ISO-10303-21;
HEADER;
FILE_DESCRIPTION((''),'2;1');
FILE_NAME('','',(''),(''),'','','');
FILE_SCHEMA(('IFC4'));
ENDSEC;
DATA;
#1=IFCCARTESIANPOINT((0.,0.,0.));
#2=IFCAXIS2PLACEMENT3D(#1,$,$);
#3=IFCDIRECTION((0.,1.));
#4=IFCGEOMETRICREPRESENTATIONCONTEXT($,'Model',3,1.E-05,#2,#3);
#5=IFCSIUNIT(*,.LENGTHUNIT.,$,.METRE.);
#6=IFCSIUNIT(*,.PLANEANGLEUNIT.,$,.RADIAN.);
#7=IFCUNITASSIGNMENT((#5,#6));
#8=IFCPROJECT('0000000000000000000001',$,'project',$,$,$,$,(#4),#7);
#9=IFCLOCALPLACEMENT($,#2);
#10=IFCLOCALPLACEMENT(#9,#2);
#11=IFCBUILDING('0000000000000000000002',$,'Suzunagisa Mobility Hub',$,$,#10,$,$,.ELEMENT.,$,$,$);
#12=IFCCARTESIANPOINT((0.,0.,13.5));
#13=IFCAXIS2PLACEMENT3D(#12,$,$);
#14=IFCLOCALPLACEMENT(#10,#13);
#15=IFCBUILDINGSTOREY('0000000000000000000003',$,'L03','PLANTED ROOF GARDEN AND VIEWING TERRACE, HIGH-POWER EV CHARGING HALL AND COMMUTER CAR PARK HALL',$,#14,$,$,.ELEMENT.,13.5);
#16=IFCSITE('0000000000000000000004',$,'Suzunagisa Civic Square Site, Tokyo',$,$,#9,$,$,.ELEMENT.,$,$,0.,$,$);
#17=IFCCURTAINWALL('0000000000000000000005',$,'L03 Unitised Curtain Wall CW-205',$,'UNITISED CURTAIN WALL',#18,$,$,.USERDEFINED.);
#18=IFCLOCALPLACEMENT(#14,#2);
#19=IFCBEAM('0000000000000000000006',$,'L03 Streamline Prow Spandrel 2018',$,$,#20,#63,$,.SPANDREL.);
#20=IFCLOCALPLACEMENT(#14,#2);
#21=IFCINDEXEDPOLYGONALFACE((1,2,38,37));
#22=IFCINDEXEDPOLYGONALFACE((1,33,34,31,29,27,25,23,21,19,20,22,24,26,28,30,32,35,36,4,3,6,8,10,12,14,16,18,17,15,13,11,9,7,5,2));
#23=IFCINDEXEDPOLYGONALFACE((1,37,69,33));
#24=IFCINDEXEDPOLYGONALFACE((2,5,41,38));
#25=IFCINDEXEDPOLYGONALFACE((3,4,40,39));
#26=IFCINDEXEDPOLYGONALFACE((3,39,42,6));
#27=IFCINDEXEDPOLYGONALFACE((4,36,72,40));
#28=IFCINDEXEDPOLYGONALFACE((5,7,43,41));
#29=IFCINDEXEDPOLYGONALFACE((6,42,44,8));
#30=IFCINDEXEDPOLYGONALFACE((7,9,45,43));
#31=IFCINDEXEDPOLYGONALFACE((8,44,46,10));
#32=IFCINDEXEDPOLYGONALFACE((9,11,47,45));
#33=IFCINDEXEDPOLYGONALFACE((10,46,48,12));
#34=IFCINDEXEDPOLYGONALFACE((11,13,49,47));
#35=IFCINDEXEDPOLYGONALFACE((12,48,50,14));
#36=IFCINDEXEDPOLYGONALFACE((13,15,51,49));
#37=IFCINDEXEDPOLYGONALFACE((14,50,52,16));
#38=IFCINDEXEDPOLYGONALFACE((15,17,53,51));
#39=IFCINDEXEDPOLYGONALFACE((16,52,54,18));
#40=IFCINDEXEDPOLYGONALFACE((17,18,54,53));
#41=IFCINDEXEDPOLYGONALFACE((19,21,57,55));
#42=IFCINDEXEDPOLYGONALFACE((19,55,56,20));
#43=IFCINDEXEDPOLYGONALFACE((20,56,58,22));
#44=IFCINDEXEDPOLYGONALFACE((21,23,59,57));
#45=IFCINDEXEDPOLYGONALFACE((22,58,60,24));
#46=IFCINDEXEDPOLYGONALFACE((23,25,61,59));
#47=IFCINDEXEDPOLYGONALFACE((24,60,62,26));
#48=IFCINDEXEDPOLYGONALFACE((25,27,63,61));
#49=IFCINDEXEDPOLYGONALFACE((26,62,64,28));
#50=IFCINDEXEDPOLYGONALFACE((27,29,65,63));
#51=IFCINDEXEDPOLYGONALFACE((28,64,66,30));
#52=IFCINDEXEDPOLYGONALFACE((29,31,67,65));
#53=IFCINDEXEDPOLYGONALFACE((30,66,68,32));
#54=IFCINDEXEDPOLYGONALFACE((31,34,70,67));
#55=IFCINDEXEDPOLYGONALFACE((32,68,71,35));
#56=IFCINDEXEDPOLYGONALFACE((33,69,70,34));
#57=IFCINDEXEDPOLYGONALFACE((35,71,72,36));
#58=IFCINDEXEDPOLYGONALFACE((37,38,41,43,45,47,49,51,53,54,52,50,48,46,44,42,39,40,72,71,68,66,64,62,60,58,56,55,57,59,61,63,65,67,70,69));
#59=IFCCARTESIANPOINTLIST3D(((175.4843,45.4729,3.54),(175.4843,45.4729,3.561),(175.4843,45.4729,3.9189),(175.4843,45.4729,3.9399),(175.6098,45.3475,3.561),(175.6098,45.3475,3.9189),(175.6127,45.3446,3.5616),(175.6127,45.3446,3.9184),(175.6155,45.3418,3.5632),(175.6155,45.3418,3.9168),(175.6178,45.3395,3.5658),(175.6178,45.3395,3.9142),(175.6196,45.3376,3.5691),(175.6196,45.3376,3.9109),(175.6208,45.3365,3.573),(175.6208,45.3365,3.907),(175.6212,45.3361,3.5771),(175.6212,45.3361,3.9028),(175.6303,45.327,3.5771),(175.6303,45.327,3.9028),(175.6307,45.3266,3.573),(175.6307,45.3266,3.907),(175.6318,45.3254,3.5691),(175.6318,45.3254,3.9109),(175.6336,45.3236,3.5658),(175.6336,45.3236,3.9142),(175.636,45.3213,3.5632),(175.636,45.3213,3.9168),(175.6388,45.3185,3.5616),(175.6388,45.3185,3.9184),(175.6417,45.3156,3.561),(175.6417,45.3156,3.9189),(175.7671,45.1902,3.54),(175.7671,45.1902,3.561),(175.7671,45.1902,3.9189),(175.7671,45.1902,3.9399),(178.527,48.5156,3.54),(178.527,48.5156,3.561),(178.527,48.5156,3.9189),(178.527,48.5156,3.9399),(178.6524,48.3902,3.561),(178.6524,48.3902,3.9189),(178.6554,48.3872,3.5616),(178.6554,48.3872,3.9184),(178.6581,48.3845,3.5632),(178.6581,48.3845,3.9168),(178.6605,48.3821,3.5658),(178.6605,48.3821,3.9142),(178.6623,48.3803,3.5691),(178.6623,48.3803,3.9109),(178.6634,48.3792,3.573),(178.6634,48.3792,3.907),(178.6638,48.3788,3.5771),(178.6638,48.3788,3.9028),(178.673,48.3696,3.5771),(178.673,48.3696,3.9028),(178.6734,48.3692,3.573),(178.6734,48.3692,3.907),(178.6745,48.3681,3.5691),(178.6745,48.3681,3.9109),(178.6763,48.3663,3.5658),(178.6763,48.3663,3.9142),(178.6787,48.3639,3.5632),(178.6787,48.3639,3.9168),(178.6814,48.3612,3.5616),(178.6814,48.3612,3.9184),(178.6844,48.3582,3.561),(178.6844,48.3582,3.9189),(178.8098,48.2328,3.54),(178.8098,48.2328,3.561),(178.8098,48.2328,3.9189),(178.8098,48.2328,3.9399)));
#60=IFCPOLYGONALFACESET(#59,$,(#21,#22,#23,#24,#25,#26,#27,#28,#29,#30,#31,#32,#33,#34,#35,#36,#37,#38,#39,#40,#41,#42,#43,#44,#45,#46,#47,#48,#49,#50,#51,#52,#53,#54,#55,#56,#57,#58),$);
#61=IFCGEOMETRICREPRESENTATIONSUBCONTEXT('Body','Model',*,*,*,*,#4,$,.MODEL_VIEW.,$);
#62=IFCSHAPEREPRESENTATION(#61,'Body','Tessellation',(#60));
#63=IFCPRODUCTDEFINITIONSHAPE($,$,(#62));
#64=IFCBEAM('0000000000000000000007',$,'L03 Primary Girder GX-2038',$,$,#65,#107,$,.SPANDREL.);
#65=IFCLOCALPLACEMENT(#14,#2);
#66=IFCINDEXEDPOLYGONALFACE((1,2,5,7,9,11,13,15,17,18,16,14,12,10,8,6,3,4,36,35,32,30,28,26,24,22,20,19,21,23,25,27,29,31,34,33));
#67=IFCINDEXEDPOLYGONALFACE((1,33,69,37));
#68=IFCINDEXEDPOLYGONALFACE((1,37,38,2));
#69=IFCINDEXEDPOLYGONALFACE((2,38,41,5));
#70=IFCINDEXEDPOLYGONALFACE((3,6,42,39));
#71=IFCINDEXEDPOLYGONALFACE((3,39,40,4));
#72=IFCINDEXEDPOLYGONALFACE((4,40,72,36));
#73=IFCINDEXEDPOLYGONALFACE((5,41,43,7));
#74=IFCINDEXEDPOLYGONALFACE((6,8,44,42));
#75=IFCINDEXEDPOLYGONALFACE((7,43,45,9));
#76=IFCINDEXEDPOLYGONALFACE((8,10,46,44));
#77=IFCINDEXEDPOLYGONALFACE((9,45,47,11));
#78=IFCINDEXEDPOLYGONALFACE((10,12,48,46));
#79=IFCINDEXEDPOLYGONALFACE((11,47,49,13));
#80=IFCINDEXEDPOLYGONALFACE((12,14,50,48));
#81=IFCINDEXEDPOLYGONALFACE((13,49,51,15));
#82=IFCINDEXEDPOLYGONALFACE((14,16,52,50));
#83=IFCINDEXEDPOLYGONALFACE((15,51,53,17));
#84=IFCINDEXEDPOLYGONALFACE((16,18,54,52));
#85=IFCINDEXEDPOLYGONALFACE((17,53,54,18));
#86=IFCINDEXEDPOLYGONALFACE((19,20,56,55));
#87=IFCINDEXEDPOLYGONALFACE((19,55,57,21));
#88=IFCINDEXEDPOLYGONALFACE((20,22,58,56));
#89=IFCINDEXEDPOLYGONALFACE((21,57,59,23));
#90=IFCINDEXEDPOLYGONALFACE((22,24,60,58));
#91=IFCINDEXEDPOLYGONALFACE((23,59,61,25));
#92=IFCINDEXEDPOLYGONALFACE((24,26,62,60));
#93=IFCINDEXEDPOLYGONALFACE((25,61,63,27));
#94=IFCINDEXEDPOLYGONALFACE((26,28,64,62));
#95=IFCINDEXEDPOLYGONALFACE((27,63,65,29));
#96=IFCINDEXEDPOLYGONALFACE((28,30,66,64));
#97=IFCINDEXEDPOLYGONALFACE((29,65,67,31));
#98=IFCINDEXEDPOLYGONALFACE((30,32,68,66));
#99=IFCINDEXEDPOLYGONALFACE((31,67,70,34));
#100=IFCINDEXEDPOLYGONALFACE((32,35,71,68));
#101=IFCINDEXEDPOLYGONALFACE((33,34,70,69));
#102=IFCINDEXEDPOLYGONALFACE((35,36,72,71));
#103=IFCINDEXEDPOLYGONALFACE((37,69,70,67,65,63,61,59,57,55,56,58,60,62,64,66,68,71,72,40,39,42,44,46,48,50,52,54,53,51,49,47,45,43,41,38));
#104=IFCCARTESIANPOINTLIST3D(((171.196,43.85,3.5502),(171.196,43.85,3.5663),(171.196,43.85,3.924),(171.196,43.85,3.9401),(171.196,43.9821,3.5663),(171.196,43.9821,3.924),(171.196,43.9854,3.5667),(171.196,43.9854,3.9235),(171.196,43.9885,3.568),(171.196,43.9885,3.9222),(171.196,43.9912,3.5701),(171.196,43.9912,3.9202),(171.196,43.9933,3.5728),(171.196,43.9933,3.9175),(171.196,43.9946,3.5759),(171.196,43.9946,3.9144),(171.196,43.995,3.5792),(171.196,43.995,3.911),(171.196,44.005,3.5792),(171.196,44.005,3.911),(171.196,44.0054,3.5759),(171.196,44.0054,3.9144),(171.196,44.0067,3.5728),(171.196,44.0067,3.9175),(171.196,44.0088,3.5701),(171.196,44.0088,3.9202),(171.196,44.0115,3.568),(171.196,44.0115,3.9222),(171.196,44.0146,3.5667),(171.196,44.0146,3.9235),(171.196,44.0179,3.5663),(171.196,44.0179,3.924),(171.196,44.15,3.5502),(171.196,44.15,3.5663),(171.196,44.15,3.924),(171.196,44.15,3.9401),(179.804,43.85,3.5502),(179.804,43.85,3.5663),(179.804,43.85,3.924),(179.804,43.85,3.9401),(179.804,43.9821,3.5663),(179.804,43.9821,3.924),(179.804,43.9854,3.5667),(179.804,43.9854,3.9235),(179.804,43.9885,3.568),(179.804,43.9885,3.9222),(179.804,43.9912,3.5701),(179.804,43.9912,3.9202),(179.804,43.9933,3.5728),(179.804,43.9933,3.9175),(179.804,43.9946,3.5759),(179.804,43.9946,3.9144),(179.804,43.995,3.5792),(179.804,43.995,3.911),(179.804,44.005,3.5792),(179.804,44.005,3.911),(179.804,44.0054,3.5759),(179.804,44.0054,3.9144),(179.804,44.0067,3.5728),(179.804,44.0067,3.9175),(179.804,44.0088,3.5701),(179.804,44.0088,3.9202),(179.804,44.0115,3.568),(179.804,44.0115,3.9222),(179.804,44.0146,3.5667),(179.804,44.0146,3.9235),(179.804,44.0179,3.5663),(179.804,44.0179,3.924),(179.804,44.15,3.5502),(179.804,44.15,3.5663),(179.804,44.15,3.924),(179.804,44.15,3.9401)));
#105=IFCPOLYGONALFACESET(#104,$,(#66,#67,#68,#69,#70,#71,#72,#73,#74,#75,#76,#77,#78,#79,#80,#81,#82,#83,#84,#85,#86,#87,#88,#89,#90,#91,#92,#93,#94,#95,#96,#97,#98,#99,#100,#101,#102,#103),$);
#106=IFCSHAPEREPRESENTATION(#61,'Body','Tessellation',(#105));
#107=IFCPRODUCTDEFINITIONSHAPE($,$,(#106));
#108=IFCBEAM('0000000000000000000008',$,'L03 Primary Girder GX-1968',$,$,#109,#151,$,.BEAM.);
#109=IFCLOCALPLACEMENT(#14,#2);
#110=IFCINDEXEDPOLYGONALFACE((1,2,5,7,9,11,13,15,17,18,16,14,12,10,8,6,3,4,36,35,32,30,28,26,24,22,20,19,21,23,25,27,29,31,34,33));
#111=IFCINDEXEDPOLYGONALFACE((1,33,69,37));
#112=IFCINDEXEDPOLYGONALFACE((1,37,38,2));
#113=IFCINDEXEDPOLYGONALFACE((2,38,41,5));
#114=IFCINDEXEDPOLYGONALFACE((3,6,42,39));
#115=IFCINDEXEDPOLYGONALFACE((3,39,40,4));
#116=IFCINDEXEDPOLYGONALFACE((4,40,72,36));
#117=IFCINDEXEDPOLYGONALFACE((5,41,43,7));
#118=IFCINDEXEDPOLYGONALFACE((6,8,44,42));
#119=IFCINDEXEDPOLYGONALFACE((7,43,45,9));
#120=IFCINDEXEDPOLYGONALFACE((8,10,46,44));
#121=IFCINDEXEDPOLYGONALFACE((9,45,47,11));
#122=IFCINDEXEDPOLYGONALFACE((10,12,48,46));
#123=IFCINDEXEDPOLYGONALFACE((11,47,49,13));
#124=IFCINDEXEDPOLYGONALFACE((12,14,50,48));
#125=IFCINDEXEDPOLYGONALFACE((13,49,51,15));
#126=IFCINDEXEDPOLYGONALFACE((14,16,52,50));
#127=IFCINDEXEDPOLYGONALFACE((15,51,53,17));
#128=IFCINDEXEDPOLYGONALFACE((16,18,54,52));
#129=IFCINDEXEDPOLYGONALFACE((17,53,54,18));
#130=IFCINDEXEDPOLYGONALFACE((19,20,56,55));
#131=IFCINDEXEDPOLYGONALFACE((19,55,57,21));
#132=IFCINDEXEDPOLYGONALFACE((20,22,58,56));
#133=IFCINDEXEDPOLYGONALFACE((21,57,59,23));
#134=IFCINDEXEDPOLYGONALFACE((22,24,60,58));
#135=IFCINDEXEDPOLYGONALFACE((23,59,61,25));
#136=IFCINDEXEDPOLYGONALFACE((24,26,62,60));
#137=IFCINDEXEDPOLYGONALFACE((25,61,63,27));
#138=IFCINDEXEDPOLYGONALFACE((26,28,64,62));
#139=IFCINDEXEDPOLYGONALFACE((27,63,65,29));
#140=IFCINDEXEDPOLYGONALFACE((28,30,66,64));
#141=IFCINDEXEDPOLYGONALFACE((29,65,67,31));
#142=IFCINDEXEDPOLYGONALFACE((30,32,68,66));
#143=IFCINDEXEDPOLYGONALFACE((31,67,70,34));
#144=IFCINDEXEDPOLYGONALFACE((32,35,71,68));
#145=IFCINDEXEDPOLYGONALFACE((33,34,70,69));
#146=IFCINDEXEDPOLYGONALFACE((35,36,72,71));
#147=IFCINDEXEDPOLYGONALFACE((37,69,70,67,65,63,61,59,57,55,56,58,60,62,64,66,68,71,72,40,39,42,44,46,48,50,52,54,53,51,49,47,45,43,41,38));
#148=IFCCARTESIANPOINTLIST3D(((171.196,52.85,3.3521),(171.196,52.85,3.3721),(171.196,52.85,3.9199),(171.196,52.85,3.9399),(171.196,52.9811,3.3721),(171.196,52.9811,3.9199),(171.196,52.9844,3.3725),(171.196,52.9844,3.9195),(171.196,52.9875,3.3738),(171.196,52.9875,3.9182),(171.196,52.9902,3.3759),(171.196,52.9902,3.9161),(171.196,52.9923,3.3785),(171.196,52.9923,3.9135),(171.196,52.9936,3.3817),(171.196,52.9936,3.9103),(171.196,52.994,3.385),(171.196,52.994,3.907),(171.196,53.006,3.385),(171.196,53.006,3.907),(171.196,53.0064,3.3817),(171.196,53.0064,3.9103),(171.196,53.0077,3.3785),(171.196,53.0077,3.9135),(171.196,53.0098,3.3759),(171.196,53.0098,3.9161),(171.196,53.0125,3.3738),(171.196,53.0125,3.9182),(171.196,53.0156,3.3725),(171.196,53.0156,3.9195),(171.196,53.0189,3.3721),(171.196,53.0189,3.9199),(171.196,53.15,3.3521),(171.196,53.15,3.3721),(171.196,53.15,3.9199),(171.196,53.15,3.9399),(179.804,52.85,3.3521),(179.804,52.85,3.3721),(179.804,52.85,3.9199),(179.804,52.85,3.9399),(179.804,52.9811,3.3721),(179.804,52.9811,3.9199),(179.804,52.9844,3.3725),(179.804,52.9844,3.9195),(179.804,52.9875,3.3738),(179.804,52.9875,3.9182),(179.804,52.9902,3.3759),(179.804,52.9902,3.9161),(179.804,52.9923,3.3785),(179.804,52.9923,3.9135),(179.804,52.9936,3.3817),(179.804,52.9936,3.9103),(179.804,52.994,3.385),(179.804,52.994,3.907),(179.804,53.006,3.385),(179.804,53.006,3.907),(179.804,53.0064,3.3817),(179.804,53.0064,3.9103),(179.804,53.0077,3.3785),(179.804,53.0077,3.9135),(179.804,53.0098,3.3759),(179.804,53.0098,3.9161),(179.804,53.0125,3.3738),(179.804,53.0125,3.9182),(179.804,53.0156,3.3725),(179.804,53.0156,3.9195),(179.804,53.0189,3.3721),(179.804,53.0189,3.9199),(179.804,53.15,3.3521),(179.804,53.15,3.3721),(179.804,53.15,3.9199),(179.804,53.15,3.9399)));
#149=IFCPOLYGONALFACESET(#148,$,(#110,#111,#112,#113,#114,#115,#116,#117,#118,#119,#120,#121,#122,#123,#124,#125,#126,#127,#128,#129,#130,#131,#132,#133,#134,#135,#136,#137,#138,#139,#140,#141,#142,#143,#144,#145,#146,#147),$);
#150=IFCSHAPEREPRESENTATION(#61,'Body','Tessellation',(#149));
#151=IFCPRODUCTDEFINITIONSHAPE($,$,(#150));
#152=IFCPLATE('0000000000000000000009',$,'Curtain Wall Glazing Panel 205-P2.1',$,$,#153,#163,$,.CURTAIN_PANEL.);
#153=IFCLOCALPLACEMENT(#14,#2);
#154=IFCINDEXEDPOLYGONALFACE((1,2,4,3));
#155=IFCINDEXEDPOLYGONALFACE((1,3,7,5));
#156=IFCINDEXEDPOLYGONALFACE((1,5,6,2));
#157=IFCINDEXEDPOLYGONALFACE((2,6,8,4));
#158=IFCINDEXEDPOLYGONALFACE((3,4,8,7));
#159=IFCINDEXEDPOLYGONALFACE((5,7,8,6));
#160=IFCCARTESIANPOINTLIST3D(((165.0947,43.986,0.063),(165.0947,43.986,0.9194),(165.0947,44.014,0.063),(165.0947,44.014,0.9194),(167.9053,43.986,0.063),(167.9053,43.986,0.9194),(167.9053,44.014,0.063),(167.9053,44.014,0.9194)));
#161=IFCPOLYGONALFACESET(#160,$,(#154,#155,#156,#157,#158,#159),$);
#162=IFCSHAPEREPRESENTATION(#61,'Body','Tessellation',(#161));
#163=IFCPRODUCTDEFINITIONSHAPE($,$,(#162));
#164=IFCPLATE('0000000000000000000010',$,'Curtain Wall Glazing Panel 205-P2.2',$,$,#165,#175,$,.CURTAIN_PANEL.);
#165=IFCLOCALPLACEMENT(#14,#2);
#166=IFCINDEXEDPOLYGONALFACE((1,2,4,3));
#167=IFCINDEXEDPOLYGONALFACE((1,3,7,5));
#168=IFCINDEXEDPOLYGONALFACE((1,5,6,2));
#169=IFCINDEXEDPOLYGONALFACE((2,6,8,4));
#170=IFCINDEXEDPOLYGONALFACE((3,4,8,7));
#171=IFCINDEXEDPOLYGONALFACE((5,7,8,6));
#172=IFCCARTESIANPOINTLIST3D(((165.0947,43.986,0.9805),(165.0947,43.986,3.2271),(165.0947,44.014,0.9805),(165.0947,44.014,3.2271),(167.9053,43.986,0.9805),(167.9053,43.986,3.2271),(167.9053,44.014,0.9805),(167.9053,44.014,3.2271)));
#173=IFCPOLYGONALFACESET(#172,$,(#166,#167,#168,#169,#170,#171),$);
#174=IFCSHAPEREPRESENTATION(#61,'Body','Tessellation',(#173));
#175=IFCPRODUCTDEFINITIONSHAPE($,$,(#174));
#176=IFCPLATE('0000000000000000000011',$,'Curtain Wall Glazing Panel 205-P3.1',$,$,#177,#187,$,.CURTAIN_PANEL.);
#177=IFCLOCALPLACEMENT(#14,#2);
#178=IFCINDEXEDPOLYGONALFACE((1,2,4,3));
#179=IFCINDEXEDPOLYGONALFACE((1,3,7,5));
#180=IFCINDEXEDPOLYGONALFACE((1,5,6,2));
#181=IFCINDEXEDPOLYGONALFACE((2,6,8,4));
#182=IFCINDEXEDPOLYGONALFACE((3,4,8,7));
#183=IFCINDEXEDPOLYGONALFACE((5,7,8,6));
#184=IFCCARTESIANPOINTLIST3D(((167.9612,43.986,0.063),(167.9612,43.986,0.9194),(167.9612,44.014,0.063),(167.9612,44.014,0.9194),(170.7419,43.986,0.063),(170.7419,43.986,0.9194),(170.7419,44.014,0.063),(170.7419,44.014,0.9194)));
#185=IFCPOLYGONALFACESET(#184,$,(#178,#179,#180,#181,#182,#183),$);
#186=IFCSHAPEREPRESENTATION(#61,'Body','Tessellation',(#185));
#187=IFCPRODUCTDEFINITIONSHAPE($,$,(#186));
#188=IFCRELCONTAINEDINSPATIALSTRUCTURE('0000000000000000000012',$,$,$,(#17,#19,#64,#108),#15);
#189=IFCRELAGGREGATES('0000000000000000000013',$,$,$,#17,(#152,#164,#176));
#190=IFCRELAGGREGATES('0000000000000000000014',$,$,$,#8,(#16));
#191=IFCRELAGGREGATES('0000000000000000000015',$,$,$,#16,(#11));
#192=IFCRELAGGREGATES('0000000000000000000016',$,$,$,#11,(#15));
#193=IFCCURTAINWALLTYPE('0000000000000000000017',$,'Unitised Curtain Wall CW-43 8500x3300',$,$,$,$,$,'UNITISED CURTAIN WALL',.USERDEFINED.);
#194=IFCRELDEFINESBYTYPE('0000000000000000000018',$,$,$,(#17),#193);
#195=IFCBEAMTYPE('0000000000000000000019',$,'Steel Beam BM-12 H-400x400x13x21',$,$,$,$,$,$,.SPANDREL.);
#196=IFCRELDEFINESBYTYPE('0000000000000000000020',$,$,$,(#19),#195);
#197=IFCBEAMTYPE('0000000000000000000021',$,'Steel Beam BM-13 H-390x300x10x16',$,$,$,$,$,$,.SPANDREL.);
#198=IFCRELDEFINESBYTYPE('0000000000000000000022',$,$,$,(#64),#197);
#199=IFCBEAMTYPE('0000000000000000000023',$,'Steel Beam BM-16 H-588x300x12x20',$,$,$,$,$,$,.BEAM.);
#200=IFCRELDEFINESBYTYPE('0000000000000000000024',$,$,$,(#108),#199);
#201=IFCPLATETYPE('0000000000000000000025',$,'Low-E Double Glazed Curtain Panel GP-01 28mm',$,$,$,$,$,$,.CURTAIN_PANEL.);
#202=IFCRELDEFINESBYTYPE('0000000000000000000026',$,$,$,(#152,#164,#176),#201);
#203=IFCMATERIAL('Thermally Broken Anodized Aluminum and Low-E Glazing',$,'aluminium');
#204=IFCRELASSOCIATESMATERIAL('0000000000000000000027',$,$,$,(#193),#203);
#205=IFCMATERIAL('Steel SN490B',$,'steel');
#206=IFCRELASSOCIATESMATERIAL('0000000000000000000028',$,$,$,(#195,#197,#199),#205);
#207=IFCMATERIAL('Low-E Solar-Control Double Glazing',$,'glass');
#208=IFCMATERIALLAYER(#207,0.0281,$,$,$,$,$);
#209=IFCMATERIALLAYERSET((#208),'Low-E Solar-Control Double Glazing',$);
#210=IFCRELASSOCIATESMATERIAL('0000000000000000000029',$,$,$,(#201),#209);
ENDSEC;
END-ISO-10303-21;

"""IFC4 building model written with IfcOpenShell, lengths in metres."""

from ifc_helpers import new_model, si_unit, direction, frame, origin, origin_2d, place, context, subcontext, project, spatial, rectangle, i_section, extrude, material, layer, layer_set, material_profile, profile_set, type_object, element, aggregate, save


model = new_model("IFC4")

# Units and contexts
model_context = context("Model", 3, precision=1e-05, world=origin(), true_north=direction((0.0, 1.0)))
body_context = subcontext(model_context, "Body", "Model", "MODEL_VIEW")
ifc_project = project(units=[si_unit("LENGTHUNIT", "METRE"), si_unit("PLANEANGLEUNIT", "RADIAN")], contexts=[model_context])

# Site, building, storey
site_placement = place(None, origin())
site = spatial("IfcSite", under=ifc_project, at=site_placement, Name="Suzunagisa Civic Square Site, Tokyo", CompositionType="ELEMENT", RefElevation=0.0)
building_placement = place(site_placement, origin())
building = spatial("IfcBuilding", under=site, at=building_placement, Name="Suzunagisa Mobility Hub", CompositionType="ELEMENT")
storey_placement = place(building_placement, frame((0.0, 0.0, 13.5)))
storey = spatial("IfcBuildingStorey", under=building, at=storey_placement, Name="L03", Description="PLANTED ROOF GARDEN AND VIEWING TERRACE, HIGH-POWER EV CHARGING HALL AND COMMUTER CAR PARK HALL", CompositionType="ELEMENT", Elevation=13.5)

# Shared definitions
ifc_material_1 = material(Name="Steel SN490B", Category="steel")

# Curtain wall
ifc_material_2 = material(Name="Thermally Broken Anodized Aluminum and Low-E Glazing", Category="aluminium")
curtain_wall_type = type_object("IfcCurtainWallType", Name="Unitised Curtain Wall CW-43 8500x3300", ElementType="UNITISED CURTAIN WALL", PredefinedType="USERDEFINED", material=ifc_material_2)
curtain_wall_placement = place(storey_placement, origin())
curtain_wall = element("IfcCurtainWall", 1, at=curtain_wall_placement, inside=storey, type_object=curtain_wall_type, Name="L03 Unitised Curtain Wall CW-205", ObjectType="UNITISED CURTAIN WALL", PredefinedType="USERDEFINED")

# Beams
ifc_material_profile_1 = material_profile(ifc_material_1, i_section(OverallWidth=0.3999, OverallDepth=0.3999, WebThickness=0.0129, FlangeThickness=0.021, FilletRadius=0.0161, at=origin_2d()), Name="H-400x400x13x21")
ifc_profile_set_1 = profile_set([ifc_material_profile_1], Name="Steel SN490B")
beam_type_1 = type_object("IfcBeamType", Name="Steel Beam BM-12 H-400x400x13x21", PredefinedType="SPANDREL", material=ifc_profile_set_1)
beam_1_placement = place(storey_placement, frame((175.6257, 45.3315, 3.74), z_axis=(0.707107, 0.707107, 0.0), x_axis=(-0.707107, 0.707107, 0.0)))
element("IfcBeam", 2, at=beam_1_placement, inside=storey, type_object=beam_type_1, Name="L03 Streamline Prow Spandrel 2018", PredefinedType="SPANDREL", context=body_context, shape_type="SweptSolid", body=[
    extrude(i_section(OverallWidth=0.3999, OverallDepth=0.3999, WebThickness=0.0129, FlangeThickness=0.021, FilletRadius=0.0161, at=origin_2d()), origin(), (0.0, 0.0, 1.0), 4.303),
])
ifc_material_profile_2 = material_profile(ifc_material_1, i_section(OverallWidth=0.3, OverallDepth=0.3899, WebThickness=0.01, FlangeThickness=0.0161, FilletRadius=0.0129, at=origin_2d()), Name="H-390x300x10x16")
ifc_profile_set_2 = profile_set([ifc_material_profile_2], Name="Steel SN490B")
beam_type_2 = type_object("IfcBeamType", Name="Steel Beam BM-13 H-390x300x10x16", PredefinedType="SPANDREL", material=ifc_profile_set_2)
beam_2_placement = place(storey_placement, frame((171.196, 44.0, 3.7451), z_axis=(1.0, 0.0, 0.0), x_axis=(0.0, 1.0, 0.0)))
element("IfcBeam", 3, at=beam_2_placement, inside=storey, type_object=beam_type_2, Name="L03 Primary Girder GX-2038", PredefinedType="SPANDREL", context=body_context, shape_type="SweptSolid", body=[
    extrude(i_section(OverallWidth=0.3, OverallDepth=0.3899, WebThickness=0.01, FlangeThickness=0.0161, FilletRadius=0.0129, at=origin_2d()), origin(), (0.0, 0.0, 1.0), 8.6079),
])
ifc_material_profile_3 = material_profile(ifc_material_1, i_section(OverallWidth=0.3, OverallDepth=0.5879, WebThickness=0.012, FlangeThickness=0.02, FilletRadius=0.0129, at=origin_2d()), Name="H-588x300x12x20")
ifc_profile_set_3 = profile_set([ifc_material_profile_3], Name="Steel SN490B")
beam_type_3 = type_object("IfcBeamType", Name="Steel Beam BM-16 H-588x300x12x20", PredefinedType="BEAM", material=ifc_profile_set_3)
beam_3_placement = place(storey_placement, frame((171.196, 53.0, 3.646), z_axis=(1.0, 0.0, 0.0), x_axis=(0.0, 1.0, 0.0)))
element("IfcBeam", 4, at=beam_3_placement, inside=storey, type_object=beam_type_3, Name="L03 Primary Girder GX-1968", PredefinedType="BEAM", context=body_context, shape_type="SweptSolid", body=[
    extrude(i_section(OverallWidth=0.3, OverallDepth=0.5879, WebThickness=0.012, FlangeThickness=0.02, FilletRadius=0.0129, at=origin_2d()), origin(), (0.0, 0.0, 1.0), 8.6079),
])

# Plates
ifc_material_3 = material(Name="Low-E Solar-Control Double Glazing", Category="glass")
ifc_layer_1 = layer(ifc_material_3, 0.0281)
ifc_layer_set_1 = layer_set([ifc_layer_1], Name="Low-E Solar-Control Double Glazing")
plate_type_1 = type_object("IfcPlateType", Name="Low-E Double Glazed Curtain Panel GP-01 28mm", PredefinedType="CURTAIN_PANEL", material=ifc_layer_set_1)
plate_1_placement = place(storey_placement, frame((166.5, 44.0, 0.063), z_axis=(0.0, 0.0, 1.0), x_axis=(1.0, 0.0, 0.0)))
plate_1 = element("IfcPlate", 5, at=plate_1_placement, type_object=plate_type_1, Name="Curtain Wall Glazing Panel 205-P2.1", PredefinedType="CURTAIN_PANEL", context=body_context, shape_type="SweptSolid", body=[
    extrude(rectangle(XDim=2.8105, YDim=0.0281, at=origin_2d()), origin(), (0.0, 0.0, 1.0), 0.8564),
])
plate_2_placement = place(storey_placement, frame((166.5, 44.0, 0.9805), z_axis=(0.0, 0.0, 1.0), x_axis=(1.0, 0.0, 0.0)))
plate_2 = element("IfcPlate", 6, at=plate_2_placement, type_object=plate_type_1, Name="Curtain Wall Glazing Panel 205-P2.2", PredefinedType="CURTAIN_PANEL", context=body_context, shape_type="SweptSolid", body=[
    extrude(rectangle(XDim=2.8105, YDim=0.0281, at=origin_2d()), origin(), (0.0, 0.0, 1.0), 2.2466),
])
plate_3_placement = place(storey_placement, frame((169.3516, 44.0, 0.063), z_axis=(0.0, 0.0, 1.0), x_axis=(1.0, 0.0, 0.0)))
plate_3 = element("IfcPlate", 7, at=plate_3_placement, type_object=plate_type_1, Name="Curtain Wall Glazing Panel 205-P3.1", PredefinedType="CURTAIN_PANEL", context=body_context, shape_type="SweptSolid", body=[
    extrude(rectangle(XDim=2.7808, YDim=0.0281, at=origin_2d()), origin(), (0.0, 0.0, 1.0), 0.8564),
])
aggregate(curtain_wall, [plate_1, plate_2, plate_3])

save(model, "model.ifc")
